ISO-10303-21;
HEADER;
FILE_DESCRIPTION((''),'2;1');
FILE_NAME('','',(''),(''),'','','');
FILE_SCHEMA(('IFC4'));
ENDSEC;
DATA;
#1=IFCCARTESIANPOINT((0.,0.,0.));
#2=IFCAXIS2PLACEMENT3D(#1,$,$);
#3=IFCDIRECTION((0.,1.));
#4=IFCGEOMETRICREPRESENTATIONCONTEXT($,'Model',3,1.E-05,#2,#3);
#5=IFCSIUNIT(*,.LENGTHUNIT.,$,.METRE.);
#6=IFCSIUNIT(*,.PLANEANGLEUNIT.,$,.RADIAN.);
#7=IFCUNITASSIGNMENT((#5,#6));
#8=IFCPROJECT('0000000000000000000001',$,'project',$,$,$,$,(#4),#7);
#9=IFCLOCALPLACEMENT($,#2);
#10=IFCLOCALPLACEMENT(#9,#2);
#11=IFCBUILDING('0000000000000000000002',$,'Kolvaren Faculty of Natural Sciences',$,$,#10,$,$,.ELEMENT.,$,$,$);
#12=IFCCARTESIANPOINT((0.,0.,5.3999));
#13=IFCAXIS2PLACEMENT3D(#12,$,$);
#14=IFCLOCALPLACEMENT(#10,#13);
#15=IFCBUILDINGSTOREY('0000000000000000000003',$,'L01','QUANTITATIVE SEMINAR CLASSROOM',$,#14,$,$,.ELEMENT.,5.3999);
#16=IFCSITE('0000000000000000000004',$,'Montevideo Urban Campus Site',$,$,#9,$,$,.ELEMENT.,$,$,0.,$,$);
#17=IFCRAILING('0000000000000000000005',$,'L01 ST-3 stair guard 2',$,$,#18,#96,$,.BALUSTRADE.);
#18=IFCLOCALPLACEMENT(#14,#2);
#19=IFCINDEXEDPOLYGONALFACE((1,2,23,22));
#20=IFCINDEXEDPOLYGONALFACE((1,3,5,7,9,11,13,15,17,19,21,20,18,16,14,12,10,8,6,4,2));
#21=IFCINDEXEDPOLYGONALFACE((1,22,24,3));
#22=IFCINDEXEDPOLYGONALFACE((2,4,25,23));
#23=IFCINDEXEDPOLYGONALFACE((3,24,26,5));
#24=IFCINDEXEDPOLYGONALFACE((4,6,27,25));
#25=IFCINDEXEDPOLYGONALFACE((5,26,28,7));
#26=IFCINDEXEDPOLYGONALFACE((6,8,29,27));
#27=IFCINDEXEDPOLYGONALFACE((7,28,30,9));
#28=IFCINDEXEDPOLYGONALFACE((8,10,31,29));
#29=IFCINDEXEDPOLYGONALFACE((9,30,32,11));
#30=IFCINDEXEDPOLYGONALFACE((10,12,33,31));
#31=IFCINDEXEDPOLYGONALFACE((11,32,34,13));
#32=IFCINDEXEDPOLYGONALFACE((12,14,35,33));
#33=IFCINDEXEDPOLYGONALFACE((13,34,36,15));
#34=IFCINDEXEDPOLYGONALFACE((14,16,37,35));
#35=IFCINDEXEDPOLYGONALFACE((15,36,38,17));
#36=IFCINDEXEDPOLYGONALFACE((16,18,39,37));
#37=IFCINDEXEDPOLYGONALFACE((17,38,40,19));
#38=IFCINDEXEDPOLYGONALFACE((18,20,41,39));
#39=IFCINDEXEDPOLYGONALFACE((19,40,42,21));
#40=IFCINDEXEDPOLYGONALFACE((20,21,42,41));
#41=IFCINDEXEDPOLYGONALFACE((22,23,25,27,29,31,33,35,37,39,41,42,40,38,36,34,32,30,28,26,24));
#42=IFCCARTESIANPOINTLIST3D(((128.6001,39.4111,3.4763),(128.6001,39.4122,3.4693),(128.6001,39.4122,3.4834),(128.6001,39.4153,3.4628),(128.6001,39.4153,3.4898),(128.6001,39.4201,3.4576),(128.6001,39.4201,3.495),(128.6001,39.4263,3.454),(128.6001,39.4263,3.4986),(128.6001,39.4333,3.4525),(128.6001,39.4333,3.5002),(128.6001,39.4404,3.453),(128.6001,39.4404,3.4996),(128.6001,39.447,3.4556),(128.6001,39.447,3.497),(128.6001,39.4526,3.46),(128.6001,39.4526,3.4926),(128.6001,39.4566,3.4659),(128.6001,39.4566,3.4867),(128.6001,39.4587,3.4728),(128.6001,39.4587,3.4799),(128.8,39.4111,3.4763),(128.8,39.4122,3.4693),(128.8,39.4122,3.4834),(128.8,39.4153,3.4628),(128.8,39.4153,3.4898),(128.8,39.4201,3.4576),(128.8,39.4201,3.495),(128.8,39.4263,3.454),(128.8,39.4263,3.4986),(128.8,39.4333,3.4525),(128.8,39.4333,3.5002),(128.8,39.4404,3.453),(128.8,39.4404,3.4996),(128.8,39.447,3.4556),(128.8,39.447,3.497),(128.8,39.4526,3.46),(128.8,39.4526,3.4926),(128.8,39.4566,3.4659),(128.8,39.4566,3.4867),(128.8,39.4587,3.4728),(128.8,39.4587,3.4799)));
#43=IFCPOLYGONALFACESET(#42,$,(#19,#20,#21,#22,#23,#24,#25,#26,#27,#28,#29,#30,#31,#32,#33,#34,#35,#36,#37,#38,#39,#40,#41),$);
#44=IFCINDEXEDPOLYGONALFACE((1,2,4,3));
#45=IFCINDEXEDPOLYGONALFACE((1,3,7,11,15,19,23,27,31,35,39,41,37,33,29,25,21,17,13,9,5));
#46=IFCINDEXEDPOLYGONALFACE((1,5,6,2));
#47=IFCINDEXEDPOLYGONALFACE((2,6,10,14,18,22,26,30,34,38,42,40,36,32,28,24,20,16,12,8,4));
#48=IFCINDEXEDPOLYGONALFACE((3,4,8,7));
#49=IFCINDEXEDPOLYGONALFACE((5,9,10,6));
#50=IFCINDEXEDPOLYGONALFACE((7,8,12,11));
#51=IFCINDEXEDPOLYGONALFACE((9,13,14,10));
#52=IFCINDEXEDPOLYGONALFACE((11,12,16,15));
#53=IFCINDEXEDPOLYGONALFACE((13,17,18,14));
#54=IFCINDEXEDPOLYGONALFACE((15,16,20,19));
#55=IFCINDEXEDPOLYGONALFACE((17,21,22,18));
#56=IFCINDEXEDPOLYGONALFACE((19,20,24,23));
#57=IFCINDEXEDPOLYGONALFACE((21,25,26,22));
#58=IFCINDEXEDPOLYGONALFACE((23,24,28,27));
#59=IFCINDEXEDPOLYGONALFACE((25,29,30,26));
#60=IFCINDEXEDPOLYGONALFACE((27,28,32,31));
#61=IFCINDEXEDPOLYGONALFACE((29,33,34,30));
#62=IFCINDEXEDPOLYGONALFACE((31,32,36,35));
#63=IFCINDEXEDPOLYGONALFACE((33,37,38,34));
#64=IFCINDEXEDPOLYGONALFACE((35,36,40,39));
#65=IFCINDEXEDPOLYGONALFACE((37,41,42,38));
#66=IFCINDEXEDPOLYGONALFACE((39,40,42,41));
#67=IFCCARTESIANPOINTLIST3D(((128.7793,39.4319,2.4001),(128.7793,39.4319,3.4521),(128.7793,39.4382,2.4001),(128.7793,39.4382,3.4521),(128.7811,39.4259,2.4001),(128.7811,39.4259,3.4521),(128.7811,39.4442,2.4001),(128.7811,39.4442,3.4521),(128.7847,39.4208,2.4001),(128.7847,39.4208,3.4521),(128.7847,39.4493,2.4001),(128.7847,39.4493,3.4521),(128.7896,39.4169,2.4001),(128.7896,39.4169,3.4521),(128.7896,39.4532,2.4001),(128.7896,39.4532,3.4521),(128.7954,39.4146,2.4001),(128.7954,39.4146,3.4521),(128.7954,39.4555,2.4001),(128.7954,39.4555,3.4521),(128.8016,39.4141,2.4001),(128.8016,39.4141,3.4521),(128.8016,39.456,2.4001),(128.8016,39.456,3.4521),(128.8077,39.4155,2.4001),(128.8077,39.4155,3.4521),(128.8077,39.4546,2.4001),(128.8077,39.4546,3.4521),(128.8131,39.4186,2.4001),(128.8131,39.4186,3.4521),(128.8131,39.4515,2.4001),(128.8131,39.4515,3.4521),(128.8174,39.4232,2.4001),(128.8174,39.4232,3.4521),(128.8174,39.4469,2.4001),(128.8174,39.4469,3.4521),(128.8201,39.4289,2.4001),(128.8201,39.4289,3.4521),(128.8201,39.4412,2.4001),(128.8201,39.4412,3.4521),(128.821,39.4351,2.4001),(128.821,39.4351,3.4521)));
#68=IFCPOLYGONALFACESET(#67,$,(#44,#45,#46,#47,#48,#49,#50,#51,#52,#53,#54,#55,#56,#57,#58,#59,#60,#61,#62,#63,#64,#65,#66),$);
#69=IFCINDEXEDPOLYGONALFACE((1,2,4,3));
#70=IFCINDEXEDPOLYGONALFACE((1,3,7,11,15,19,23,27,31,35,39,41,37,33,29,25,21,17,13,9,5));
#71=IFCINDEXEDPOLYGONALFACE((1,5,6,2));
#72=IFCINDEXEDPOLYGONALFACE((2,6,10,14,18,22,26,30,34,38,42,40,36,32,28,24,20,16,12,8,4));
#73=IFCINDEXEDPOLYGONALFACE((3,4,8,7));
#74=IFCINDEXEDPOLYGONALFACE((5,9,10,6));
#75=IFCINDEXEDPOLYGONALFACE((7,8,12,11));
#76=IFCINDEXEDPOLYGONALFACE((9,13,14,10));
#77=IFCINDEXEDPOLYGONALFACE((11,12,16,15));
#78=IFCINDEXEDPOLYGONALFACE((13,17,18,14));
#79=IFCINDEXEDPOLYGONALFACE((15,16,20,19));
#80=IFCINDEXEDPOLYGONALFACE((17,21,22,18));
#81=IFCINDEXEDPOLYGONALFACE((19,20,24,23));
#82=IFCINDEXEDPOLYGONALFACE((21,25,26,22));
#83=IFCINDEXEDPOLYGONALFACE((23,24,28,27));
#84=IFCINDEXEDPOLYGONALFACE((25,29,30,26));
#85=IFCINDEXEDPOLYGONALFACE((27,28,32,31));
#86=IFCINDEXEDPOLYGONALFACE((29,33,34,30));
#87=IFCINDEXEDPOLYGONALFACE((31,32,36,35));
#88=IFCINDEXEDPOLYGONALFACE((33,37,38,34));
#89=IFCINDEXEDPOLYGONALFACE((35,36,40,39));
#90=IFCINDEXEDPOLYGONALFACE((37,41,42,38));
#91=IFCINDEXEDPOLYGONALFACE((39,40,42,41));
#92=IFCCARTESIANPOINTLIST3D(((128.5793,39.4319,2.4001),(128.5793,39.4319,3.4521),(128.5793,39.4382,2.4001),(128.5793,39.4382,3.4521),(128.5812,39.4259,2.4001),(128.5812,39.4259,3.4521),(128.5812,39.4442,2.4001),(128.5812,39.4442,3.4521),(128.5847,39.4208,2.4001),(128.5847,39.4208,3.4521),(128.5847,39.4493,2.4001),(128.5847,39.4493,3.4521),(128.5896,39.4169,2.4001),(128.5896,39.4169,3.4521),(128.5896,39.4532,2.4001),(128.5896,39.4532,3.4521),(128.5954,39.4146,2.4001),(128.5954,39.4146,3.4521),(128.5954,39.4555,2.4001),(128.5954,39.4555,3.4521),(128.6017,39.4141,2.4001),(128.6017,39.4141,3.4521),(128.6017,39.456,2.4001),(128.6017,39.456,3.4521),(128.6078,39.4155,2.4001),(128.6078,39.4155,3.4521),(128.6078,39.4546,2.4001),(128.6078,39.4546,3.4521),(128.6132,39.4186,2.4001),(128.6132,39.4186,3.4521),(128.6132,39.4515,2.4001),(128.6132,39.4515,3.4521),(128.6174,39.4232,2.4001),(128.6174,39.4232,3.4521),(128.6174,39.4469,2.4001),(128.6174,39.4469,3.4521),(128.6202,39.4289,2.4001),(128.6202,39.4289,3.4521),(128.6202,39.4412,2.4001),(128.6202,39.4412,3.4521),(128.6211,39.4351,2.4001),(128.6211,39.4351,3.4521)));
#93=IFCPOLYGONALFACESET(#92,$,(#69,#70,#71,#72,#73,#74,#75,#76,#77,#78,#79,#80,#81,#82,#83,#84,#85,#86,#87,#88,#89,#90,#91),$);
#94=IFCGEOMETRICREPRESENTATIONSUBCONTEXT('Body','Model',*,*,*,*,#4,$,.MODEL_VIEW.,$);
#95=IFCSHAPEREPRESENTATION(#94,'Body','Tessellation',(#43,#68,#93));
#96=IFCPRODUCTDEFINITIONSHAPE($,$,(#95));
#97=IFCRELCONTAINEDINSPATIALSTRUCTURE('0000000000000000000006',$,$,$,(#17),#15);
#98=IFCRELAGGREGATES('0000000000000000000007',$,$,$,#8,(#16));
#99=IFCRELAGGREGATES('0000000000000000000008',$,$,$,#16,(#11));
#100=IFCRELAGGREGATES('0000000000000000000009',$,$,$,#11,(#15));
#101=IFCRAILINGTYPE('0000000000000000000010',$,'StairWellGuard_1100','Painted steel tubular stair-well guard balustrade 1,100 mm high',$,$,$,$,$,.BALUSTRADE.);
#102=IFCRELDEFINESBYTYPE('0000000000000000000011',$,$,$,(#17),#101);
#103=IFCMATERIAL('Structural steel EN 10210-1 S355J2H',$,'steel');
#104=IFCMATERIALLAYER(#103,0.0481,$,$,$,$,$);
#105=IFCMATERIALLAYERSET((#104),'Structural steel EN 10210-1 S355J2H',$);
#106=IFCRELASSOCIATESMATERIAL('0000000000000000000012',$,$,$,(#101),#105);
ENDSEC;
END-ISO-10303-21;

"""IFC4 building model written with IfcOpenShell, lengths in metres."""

from ifc_helpers import new_model, si_unit, direction, frame, origin, origin_2d, place, context, subcontext, project, spatial, circle, extrude, material, layer, layer_set, type_object, element, save


model = new_model("IFC4")

# Units and contexts
model_context = context("Model", 3, precision=1e-05, world=origin(), true_north=direction((0.0, 1.0)))
body_context = subcontext(model_context, "Body", "Model", "MODEL_VIEW")
ifc_project = project(units=[si_unit("LENGTHUNIT", "METRE"), si_unit("PLANEANGLEUNIT", "RADIAN")], contexts=[model_context])

# Site, building, storey
site_placement = place(None, origin())
site = spatial("IfcSite", under=ifc_project, at=site_placement, Name="Montevideo Urban Campus Site", CompositionType="ELEMENT", RefElevation=0.0)
building_placement = place(site_placement, origin())
building = spatial("IfcBuilding", under=site, at=building_placement, Name="Kolvaren Faculty of Natural Sciences", CompositionType="ELEMENT")
storey_placement = place(building_placement, frame((0.0, 0.0, 5.3999)))
storey = spatial("IfcBuildingStorey", under=building, at=storey_placement, Name="L01", Description="QUANTITATIVE SEMINAR CLASSROOM", CompositionType="ELEMENT", Elevation=5.3999)

# Railing
ifc_material_1 = material(Name="Structural steel EN 10210-1 S355J2H", Category="steel")
ifc_layer_1 = layer(ifc_material_1, 0.0481)
ifc_layer_set_1 = layer_set([ifc_layer_1], Name="Structural steel EN 10210-1 S355J2H")
railing_type_1 = type_object("IfcRailingType", Name="StairWellGuard_1100", Description="Painted steel tubular stair-well guard balustrade 1,100 mm high", PredefinedType="BALUSTRADE", material=ifc_layer_set_1)
railing_1_placement = place(storey_placement, frame((128.8, 39.4351, 2.4001)))
element("IfcRailing", 1, at=railing_1_placement, inside=storey, type_object=railing_type_1, Name="L01 ST-3 stair guard 2", PredefinedType="BALUSTRADE", context=body_context, shape_type="SweptSolid", body=[
    extrude(circle(Radius=0.0239, at=origin_2d()), frame((0.0, 0.0, 1.0762), z_axis=(-1.0, 0.0, 0.0), x_axis=(0.0, -1.0, 0.0)), (0.0, 0.0, 1.0), 0.2),
    extrude(circle(Radius=0.021, at=origin_2d()), origin(), (0.0, 0.0, 1.0), 1.052),
    extrude(circle(Radius=0.021, at=origin_2d()), frame((-0.2, 0.0, 0.0)), (0.0, 0.0, 1.0), 1.052),
])

save(model, "model.ifc")
